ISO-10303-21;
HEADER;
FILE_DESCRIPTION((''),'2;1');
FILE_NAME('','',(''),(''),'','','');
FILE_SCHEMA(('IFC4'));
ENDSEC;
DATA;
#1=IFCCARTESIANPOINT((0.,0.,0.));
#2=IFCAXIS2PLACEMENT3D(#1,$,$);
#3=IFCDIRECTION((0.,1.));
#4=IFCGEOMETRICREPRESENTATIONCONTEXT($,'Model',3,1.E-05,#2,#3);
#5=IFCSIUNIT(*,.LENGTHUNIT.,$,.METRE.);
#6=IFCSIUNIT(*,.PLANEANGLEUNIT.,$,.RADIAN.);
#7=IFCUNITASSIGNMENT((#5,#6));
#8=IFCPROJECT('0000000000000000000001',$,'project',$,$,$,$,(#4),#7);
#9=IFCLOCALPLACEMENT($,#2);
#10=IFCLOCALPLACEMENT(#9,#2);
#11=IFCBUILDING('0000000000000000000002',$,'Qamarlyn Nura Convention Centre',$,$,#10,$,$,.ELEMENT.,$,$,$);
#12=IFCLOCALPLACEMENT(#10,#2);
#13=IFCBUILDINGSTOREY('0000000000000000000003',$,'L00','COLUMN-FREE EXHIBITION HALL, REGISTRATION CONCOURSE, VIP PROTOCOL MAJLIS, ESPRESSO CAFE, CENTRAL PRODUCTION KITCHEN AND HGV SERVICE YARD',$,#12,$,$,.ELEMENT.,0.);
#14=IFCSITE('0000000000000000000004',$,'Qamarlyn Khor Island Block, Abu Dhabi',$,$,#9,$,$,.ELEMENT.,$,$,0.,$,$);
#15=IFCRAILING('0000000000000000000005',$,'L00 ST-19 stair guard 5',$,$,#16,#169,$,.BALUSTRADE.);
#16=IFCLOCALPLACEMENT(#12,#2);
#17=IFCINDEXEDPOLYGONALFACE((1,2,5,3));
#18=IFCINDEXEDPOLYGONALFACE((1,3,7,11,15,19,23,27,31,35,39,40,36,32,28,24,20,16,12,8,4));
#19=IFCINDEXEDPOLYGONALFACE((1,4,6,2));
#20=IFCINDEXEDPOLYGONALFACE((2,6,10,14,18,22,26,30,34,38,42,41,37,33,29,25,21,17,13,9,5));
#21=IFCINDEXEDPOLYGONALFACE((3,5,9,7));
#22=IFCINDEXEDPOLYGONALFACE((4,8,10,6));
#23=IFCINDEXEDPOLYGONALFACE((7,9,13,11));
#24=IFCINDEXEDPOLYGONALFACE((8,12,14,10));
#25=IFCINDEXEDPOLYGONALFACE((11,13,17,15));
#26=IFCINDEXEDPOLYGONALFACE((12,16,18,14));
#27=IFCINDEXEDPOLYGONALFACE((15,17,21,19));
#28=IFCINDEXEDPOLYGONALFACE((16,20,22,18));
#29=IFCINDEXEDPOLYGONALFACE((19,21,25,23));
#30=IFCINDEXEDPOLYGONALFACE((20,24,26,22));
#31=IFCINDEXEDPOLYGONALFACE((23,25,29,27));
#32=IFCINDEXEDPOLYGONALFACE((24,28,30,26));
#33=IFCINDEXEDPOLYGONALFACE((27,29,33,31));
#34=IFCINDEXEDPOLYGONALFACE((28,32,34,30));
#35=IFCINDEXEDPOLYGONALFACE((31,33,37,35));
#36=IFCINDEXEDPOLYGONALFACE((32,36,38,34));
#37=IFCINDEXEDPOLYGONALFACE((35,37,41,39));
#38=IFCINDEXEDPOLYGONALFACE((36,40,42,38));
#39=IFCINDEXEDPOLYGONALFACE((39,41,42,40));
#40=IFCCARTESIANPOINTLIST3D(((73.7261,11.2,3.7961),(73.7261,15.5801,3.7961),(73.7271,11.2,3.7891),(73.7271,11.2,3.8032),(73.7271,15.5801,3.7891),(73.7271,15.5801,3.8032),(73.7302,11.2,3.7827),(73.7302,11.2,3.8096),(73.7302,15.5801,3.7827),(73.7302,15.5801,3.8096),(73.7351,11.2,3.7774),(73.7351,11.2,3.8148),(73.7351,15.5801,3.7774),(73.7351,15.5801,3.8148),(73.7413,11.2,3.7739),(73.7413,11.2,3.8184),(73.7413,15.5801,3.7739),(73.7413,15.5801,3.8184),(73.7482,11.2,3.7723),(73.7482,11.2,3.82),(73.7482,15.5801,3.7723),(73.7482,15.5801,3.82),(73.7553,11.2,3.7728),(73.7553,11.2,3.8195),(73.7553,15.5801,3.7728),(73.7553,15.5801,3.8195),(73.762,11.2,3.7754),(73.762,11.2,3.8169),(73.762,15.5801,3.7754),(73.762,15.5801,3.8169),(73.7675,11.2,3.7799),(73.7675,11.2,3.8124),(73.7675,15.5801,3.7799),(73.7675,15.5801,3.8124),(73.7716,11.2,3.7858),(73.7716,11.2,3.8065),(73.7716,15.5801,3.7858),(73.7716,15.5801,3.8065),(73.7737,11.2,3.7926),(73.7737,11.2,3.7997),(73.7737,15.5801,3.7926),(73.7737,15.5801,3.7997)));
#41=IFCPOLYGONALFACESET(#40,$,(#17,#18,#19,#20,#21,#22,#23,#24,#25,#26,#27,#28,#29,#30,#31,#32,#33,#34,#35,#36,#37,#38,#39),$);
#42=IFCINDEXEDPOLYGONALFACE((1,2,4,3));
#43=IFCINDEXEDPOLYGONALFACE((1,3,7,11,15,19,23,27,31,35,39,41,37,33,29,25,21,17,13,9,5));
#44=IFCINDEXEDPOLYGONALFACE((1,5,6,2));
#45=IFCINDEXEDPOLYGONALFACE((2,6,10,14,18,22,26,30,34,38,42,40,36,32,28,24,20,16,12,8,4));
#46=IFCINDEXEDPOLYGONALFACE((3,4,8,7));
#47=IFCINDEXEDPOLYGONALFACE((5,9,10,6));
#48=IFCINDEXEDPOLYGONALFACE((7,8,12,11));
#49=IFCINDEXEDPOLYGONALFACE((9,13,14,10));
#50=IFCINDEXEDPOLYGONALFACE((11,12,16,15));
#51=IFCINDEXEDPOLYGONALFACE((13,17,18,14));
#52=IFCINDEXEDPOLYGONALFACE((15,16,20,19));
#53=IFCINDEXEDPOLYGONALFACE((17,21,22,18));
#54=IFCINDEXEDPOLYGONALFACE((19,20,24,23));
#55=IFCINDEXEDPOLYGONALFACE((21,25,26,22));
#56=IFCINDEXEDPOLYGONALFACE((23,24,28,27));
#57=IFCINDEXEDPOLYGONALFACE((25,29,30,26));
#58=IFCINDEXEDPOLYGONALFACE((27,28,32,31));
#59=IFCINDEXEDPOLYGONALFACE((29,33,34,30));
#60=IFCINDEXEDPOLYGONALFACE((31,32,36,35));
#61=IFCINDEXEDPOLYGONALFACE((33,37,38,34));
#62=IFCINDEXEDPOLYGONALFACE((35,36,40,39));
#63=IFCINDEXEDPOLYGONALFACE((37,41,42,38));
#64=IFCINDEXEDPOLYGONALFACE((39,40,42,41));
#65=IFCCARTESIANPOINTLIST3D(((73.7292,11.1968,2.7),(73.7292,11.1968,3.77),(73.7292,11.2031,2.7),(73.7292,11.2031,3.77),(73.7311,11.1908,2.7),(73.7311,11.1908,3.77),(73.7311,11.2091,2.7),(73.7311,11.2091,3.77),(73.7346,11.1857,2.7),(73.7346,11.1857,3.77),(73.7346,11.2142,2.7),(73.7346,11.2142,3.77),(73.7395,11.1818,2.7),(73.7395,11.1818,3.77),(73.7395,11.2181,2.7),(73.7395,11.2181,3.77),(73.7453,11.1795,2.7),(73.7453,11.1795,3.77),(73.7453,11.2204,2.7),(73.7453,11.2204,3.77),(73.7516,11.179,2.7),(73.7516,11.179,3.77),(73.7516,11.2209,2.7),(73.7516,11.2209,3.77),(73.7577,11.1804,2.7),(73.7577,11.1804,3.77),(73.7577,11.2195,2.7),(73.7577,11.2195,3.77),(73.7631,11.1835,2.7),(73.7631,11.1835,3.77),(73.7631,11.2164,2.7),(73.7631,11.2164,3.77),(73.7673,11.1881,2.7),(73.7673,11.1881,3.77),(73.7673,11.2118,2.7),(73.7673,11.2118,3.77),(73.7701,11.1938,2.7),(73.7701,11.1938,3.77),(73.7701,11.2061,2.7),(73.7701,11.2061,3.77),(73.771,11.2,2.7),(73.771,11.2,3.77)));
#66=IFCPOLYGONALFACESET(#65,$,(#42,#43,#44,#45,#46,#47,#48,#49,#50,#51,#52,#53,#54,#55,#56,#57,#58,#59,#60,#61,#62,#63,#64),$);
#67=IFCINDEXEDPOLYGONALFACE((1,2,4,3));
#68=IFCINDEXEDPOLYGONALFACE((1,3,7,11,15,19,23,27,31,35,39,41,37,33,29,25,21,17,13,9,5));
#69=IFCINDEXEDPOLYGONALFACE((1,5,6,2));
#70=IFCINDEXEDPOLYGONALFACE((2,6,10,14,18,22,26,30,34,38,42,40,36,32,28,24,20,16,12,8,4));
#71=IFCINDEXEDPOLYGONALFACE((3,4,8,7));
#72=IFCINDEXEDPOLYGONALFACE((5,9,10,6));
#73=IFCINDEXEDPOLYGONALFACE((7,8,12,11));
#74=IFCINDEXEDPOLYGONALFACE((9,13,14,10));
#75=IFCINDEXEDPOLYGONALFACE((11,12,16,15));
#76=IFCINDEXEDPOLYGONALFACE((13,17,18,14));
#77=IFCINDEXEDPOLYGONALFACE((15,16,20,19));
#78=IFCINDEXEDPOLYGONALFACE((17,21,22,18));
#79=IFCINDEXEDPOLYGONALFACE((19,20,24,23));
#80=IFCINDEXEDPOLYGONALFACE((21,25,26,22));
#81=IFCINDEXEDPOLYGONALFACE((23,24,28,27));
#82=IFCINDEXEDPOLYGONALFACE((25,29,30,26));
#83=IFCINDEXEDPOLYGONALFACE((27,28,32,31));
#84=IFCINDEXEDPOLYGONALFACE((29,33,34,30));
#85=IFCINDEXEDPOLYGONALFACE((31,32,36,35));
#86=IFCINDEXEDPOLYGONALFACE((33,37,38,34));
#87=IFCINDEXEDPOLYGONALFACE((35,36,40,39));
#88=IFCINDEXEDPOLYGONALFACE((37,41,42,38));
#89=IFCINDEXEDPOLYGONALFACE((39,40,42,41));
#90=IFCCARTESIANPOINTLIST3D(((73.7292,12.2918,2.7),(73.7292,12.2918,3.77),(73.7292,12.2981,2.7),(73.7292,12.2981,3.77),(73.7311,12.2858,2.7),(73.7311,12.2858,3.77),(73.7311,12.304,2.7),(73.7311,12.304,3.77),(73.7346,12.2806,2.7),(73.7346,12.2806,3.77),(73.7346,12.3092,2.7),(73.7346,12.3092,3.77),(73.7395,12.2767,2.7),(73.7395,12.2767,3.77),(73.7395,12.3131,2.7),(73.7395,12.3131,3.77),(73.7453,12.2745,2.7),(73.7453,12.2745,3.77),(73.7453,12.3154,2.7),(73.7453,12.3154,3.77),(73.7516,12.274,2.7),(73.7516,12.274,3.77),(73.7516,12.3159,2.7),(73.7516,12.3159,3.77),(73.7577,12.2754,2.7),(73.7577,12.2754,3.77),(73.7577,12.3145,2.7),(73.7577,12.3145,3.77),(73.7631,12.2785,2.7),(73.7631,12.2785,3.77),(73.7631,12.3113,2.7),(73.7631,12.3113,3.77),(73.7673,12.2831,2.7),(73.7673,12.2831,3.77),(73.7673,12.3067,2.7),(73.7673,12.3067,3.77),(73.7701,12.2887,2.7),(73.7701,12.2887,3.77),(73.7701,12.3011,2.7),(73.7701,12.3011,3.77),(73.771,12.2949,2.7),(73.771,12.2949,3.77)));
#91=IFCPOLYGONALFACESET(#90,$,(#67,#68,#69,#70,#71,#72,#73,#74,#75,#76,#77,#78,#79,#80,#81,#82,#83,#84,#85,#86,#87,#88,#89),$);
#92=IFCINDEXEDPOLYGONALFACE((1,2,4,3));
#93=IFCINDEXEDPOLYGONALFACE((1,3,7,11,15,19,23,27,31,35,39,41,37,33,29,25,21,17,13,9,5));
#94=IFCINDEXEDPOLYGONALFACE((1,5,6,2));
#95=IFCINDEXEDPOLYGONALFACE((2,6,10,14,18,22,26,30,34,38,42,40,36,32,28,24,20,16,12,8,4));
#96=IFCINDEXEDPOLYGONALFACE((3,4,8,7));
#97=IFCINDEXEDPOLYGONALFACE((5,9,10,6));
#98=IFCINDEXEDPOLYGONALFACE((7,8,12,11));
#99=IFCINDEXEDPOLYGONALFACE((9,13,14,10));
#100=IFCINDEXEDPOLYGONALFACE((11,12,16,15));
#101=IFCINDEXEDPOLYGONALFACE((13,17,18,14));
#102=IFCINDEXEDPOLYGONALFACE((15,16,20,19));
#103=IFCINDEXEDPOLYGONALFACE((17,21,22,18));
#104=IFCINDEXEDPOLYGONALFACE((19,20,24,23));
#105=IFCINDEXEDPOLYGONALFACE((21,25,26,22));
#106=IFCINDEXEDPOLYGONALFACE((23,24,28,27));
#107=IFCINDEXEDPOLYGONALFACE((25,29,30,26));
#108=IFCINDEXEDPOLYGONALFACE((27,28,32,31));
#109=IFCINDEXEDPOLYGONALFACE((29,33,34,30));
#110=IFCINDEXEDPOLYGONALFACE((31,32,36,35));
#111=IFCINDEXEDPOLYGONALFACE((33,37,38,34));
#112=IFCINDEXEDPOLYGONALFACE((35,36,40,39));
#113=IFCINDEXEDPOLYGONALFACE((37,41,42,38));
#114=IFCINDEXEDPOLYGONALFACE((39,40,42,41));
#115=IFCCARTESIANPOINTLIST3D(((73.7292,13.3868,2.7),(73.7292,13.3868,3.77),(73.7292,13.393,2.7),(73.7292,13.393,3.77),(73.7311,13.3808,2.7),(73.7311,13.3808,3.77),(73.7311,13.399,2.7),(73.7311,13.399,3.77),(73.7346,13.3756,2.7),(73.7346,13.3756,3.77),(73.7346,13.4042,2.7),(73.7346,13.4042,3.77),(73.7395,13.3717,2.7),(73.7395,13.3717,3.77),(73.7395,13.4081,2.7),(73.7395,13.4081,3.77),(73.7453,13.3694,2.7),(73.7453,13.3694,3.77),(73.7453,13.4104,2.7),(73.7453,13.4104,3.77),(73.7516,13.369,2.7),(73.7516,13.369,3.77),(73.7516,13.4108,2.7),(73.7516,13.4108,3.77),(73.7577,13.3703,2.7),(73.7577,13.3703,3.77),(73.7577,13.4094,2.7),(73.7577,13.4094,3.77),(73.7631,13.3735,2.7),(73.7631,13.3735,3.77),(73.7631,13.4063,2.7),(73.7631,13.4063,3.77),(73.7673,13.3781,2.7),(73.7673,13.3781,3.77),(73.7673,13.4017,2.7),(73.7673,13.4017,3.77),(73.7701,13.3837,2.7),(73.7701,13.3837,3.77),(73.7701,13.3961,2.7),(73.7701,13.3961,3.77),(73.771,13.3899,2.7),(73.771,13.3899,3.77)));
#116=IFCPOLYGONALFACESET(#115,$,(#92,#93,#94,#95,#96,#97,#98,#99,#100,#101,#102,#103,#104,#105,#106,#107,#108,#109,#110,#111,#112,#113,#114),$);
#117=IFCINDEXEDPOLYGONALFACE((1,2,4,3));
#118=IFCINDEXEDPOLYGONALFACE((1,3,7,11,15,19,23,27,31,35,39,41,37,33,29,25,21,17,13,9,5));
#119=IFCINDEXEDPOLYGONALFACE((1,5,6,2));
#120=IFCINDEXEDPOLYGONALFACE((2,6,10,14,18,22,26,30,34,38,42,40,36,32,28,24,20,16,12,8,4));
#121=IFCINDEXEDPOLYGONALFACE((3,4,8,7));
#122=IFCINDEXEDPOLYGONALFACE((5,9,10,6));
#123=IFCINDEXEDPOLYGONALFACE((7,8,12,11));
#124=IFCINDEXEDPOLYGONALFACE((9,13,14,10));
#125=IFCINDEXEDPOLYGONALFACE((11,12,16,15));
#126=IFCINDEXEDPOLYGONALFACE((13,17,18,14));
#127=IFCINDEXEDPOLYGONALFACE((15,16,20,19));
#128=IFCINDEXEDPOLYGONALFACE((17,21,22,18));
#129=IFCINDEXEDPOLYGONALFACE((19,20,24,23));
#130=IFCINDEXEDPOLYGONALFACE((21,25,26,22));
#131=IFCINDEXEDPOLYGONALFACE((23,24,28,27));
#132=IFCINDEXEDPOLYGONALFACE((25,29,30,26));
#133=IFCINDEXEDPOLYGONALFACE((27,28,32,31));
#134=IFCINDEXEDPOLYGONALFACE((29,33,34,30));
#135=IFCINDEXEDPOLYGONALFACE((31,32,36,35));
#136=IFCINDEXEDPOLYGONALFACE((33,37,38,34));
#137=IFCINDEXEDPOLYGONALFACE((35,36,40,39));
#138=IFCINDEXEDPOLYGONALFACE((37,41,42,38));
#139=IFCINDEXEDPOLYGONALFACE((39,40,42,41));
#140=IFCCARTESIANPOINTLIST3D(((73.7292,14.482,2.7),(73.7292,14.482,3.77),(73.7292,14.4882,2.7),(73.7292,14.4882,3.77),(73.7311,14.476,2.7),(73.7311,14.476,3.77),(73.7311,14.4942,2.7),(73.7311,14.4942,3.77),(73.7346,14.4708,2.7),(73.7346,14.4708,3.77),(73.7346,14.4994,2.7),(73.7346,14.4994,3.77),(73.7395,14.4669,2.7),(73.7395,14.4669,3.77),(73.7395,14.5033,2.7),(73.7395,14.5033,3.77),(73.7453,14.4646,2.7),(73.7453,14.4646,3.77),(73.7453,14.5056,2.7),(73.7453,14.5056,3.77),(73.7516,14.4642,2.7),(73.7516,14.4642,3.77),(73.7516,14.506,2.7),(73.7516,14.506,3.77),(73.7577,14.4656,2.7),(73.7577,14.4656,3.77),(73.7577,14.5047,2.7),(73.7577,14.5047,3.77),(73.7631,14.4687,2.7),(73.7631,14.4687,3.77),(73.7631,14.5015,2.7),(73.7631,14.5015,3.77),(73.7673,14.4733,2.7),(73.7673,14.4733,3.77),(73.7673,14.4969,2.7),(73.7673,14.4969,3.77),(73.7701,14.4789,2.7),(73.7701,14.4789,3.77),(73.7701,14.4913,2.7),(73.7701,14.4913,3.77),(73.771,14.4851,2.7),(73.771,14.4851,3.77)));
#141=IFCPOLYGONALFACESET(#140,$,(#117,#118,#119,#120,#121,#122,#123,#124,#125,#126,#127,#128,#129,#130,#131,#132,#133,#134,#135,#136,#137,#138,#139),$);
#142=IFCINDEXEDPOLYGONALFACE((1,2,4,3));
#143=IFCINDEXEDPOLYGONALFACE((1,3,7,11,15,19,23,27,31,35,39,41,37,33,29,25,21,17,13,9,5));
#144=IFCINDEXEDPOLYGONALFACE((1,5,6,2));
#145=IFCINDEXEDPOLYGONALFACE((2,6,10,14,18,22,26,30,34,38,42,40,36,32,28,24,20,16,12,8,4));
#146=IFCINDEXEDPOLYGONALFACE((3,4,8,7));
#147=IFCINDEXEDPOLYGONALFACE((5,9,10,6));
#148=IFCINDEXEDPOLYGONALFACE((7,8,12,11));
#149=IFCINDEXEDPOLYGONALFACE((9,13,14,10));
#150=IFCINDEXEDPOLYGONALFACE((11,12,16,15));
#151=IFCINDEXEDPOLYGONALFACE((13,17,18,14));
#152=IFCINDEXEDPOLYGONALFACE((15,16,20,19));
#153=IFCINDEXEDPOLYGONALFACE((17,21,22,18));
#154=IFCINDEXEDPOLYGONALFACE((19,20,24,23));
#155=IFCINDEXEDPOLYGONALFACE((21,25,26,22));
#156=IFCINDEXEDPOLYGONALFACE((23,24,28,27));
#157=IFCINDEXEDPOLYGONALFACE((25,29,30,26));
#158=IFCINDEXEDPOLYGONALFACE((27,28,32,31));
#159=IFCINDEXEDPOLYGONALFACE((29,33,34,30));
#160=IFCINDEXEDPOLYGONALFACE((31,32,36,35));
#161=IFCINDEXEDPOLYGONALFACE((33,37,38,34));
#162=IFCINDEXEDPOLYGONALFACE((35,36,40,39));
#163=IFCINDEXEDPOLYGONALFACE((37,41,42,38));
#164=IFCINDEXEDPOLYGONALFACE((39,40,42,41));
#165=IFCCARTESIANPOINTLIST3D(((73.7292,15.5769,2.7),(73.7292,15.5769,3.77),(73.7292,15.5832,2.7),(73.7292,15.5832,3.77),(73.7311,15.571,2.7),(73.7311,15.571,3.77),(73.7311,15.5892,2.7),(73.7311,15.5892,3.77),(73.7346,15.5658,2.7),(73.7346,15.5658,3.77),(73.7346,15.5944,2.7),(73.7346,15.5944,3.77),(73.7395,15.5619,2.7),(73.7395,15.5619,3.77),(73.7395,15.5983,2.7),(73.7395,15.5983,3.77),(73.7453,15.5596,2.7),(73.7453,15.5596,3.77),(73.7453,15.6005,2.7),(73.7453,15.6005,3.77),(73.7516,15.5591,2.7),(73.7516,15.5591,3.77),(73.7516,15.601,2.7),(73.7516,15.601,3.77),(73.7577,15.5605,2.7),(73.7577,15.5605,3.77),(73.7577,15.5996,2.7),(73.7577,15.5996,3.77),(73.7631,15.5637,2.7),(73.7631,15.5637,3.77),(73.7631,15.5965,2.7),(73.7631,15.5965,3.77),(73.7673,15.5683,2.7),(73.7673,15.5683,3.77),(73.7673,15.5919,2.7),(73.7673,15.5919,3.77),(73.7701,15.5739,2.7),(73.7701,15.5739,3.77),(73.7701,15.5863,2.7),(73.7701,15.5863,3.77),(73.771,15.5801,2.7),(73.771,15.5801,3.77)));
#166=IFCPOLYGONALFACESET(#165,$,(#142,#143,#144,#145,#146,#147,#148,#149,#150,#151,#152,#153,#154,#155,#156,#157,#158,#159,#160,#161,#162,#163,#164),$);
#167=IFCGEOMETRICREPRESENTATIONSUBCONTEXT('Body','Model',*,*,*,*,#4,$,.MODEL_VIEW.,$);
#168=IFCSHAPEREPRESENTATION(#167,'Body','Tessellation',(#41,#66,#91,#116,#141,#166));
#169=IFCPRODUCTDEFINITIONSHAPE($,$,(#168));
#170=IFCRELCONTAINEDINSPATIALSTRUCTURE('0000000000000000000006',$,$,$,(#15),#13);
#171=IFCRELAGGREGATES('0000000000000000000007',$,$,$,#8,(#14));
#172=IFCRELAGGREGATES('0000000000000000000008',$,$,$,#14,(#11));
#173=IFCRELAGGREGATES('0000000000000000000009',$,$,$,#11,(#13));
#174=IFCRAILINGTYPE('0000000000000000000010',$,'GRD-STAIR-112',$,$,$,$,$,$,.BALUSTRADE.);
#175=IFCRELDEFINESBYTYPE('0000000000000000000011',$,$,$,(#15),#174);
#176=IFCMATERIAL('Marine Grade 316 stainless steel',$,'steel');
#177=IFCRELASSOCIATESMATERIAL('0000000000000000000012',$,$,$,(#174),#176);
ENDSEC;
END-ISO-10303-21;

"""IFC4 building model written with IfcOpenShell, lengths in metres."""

from ifc_helpers import new_model, si_unit, direction, frame, origin, origin_2d, place, context, subcontext, project, spatial, circle, extrude, material, type_object, element, save


model = new_model("IFC4")

# Units and contexts
model_context = context("Model", 3, precision=1e-05, world=origin(), true_north=direction((0.0, 1.0)))
body_context = subcontext(model_context, "Body", "Model", "MODEL_VIEW")
ifc_project = project(units=[si_unit("LENGTHUNIT", "METRE"), si_unit("PLANEANGLEUNIT", "RADIAN")], contexts=[model_context])

# Site, building, storey
site_placement = place(None, origin())
site = spatial("IfcSite", under=ifc_project, at=site_placement, Name="Qamarlyn Khor Island Block, Abu Dhabi", CompositionType="ELEMENT", RefElevation=0.0)
building_placement = place(site_placement, origin())
building = spatial("IfcBuilding", under=site, at=building_placement, Name="Qamarlyn Nura Convention Centre", CompositionType="ELEMENT")
storey_placement = place(building_placement, origin())
storey = spatial("IfcBuildingStorey", under=building, at=storey_placement, Name="L00", Description="COLUMN-FREE EXHIBITION HALL, REGISTRATION CONCOURSE, VIP PROTOCOL MAJLIS, ESPRESSO CAFE, CENTRAL PRODUCTION KITCHEN AND HGV SERVICE YARD", CompositionType="ELEMENT", Elevation=0.0)

# Shared definitions
ifc_material_1 = material(Name="Marine Grade 316 stainless steel", Category="steel")

# Railing
railing_type_1 = type_object("IfcRailingType", Name="GRD-STAIR-112", PredefinedType="BALUSTRADE", material=ifc_material_1)
railing_1_placement = place(storey_placement, frame((73.75, 11.2, 2.7)))
element("IfcRailing", 1, at=railing_1_placement, inside=storey, type_object=railing_type_1, Name="L00 ST-19 stair guard 5", PredefinedType="BALUSTRADE", context=body_context, shape_type="SweptSolid", body=[
    extrude(circle(Radius=0.0239, at=origin_2d()), frame((0.0, 0.0, 1.0962), z_axis=(0.0, 1.0, 0.0), x_axis=(-1.0, 0.0, 0.0)), (0.0, 0.0, 1.0), 4.3801),
    extrude(circle(Radius=0.021, at=origin_2d()), origin(), (0.0, 0.0, 1.0), 1.0701),
    extrude(circle(Radius=0.021, at=origin_2d()), frame((0.0, 1.095, 0.0)), (0.0, 0.0, 1.0), 1.0701),
    extrude(circle(Radius=0.021, at=origin_2d()), frame((0.0, 2.1899, 0.0)), (0.0, 0.0, 1.0), 1.0701),
    extrude(circle(Radius=0.021, at=origin_2d()), frame((0.0, 3.2852, 0.0)), (0.0, 0.0, 1.0), 1.0701),
    extrude(circle(Radius=0.021, at=origin_2d()), frame((0.0, 4.3801, 0.0)), (0.0, 0.0, 1.0), 1.0701),
])

save(model, "model.ifc")
